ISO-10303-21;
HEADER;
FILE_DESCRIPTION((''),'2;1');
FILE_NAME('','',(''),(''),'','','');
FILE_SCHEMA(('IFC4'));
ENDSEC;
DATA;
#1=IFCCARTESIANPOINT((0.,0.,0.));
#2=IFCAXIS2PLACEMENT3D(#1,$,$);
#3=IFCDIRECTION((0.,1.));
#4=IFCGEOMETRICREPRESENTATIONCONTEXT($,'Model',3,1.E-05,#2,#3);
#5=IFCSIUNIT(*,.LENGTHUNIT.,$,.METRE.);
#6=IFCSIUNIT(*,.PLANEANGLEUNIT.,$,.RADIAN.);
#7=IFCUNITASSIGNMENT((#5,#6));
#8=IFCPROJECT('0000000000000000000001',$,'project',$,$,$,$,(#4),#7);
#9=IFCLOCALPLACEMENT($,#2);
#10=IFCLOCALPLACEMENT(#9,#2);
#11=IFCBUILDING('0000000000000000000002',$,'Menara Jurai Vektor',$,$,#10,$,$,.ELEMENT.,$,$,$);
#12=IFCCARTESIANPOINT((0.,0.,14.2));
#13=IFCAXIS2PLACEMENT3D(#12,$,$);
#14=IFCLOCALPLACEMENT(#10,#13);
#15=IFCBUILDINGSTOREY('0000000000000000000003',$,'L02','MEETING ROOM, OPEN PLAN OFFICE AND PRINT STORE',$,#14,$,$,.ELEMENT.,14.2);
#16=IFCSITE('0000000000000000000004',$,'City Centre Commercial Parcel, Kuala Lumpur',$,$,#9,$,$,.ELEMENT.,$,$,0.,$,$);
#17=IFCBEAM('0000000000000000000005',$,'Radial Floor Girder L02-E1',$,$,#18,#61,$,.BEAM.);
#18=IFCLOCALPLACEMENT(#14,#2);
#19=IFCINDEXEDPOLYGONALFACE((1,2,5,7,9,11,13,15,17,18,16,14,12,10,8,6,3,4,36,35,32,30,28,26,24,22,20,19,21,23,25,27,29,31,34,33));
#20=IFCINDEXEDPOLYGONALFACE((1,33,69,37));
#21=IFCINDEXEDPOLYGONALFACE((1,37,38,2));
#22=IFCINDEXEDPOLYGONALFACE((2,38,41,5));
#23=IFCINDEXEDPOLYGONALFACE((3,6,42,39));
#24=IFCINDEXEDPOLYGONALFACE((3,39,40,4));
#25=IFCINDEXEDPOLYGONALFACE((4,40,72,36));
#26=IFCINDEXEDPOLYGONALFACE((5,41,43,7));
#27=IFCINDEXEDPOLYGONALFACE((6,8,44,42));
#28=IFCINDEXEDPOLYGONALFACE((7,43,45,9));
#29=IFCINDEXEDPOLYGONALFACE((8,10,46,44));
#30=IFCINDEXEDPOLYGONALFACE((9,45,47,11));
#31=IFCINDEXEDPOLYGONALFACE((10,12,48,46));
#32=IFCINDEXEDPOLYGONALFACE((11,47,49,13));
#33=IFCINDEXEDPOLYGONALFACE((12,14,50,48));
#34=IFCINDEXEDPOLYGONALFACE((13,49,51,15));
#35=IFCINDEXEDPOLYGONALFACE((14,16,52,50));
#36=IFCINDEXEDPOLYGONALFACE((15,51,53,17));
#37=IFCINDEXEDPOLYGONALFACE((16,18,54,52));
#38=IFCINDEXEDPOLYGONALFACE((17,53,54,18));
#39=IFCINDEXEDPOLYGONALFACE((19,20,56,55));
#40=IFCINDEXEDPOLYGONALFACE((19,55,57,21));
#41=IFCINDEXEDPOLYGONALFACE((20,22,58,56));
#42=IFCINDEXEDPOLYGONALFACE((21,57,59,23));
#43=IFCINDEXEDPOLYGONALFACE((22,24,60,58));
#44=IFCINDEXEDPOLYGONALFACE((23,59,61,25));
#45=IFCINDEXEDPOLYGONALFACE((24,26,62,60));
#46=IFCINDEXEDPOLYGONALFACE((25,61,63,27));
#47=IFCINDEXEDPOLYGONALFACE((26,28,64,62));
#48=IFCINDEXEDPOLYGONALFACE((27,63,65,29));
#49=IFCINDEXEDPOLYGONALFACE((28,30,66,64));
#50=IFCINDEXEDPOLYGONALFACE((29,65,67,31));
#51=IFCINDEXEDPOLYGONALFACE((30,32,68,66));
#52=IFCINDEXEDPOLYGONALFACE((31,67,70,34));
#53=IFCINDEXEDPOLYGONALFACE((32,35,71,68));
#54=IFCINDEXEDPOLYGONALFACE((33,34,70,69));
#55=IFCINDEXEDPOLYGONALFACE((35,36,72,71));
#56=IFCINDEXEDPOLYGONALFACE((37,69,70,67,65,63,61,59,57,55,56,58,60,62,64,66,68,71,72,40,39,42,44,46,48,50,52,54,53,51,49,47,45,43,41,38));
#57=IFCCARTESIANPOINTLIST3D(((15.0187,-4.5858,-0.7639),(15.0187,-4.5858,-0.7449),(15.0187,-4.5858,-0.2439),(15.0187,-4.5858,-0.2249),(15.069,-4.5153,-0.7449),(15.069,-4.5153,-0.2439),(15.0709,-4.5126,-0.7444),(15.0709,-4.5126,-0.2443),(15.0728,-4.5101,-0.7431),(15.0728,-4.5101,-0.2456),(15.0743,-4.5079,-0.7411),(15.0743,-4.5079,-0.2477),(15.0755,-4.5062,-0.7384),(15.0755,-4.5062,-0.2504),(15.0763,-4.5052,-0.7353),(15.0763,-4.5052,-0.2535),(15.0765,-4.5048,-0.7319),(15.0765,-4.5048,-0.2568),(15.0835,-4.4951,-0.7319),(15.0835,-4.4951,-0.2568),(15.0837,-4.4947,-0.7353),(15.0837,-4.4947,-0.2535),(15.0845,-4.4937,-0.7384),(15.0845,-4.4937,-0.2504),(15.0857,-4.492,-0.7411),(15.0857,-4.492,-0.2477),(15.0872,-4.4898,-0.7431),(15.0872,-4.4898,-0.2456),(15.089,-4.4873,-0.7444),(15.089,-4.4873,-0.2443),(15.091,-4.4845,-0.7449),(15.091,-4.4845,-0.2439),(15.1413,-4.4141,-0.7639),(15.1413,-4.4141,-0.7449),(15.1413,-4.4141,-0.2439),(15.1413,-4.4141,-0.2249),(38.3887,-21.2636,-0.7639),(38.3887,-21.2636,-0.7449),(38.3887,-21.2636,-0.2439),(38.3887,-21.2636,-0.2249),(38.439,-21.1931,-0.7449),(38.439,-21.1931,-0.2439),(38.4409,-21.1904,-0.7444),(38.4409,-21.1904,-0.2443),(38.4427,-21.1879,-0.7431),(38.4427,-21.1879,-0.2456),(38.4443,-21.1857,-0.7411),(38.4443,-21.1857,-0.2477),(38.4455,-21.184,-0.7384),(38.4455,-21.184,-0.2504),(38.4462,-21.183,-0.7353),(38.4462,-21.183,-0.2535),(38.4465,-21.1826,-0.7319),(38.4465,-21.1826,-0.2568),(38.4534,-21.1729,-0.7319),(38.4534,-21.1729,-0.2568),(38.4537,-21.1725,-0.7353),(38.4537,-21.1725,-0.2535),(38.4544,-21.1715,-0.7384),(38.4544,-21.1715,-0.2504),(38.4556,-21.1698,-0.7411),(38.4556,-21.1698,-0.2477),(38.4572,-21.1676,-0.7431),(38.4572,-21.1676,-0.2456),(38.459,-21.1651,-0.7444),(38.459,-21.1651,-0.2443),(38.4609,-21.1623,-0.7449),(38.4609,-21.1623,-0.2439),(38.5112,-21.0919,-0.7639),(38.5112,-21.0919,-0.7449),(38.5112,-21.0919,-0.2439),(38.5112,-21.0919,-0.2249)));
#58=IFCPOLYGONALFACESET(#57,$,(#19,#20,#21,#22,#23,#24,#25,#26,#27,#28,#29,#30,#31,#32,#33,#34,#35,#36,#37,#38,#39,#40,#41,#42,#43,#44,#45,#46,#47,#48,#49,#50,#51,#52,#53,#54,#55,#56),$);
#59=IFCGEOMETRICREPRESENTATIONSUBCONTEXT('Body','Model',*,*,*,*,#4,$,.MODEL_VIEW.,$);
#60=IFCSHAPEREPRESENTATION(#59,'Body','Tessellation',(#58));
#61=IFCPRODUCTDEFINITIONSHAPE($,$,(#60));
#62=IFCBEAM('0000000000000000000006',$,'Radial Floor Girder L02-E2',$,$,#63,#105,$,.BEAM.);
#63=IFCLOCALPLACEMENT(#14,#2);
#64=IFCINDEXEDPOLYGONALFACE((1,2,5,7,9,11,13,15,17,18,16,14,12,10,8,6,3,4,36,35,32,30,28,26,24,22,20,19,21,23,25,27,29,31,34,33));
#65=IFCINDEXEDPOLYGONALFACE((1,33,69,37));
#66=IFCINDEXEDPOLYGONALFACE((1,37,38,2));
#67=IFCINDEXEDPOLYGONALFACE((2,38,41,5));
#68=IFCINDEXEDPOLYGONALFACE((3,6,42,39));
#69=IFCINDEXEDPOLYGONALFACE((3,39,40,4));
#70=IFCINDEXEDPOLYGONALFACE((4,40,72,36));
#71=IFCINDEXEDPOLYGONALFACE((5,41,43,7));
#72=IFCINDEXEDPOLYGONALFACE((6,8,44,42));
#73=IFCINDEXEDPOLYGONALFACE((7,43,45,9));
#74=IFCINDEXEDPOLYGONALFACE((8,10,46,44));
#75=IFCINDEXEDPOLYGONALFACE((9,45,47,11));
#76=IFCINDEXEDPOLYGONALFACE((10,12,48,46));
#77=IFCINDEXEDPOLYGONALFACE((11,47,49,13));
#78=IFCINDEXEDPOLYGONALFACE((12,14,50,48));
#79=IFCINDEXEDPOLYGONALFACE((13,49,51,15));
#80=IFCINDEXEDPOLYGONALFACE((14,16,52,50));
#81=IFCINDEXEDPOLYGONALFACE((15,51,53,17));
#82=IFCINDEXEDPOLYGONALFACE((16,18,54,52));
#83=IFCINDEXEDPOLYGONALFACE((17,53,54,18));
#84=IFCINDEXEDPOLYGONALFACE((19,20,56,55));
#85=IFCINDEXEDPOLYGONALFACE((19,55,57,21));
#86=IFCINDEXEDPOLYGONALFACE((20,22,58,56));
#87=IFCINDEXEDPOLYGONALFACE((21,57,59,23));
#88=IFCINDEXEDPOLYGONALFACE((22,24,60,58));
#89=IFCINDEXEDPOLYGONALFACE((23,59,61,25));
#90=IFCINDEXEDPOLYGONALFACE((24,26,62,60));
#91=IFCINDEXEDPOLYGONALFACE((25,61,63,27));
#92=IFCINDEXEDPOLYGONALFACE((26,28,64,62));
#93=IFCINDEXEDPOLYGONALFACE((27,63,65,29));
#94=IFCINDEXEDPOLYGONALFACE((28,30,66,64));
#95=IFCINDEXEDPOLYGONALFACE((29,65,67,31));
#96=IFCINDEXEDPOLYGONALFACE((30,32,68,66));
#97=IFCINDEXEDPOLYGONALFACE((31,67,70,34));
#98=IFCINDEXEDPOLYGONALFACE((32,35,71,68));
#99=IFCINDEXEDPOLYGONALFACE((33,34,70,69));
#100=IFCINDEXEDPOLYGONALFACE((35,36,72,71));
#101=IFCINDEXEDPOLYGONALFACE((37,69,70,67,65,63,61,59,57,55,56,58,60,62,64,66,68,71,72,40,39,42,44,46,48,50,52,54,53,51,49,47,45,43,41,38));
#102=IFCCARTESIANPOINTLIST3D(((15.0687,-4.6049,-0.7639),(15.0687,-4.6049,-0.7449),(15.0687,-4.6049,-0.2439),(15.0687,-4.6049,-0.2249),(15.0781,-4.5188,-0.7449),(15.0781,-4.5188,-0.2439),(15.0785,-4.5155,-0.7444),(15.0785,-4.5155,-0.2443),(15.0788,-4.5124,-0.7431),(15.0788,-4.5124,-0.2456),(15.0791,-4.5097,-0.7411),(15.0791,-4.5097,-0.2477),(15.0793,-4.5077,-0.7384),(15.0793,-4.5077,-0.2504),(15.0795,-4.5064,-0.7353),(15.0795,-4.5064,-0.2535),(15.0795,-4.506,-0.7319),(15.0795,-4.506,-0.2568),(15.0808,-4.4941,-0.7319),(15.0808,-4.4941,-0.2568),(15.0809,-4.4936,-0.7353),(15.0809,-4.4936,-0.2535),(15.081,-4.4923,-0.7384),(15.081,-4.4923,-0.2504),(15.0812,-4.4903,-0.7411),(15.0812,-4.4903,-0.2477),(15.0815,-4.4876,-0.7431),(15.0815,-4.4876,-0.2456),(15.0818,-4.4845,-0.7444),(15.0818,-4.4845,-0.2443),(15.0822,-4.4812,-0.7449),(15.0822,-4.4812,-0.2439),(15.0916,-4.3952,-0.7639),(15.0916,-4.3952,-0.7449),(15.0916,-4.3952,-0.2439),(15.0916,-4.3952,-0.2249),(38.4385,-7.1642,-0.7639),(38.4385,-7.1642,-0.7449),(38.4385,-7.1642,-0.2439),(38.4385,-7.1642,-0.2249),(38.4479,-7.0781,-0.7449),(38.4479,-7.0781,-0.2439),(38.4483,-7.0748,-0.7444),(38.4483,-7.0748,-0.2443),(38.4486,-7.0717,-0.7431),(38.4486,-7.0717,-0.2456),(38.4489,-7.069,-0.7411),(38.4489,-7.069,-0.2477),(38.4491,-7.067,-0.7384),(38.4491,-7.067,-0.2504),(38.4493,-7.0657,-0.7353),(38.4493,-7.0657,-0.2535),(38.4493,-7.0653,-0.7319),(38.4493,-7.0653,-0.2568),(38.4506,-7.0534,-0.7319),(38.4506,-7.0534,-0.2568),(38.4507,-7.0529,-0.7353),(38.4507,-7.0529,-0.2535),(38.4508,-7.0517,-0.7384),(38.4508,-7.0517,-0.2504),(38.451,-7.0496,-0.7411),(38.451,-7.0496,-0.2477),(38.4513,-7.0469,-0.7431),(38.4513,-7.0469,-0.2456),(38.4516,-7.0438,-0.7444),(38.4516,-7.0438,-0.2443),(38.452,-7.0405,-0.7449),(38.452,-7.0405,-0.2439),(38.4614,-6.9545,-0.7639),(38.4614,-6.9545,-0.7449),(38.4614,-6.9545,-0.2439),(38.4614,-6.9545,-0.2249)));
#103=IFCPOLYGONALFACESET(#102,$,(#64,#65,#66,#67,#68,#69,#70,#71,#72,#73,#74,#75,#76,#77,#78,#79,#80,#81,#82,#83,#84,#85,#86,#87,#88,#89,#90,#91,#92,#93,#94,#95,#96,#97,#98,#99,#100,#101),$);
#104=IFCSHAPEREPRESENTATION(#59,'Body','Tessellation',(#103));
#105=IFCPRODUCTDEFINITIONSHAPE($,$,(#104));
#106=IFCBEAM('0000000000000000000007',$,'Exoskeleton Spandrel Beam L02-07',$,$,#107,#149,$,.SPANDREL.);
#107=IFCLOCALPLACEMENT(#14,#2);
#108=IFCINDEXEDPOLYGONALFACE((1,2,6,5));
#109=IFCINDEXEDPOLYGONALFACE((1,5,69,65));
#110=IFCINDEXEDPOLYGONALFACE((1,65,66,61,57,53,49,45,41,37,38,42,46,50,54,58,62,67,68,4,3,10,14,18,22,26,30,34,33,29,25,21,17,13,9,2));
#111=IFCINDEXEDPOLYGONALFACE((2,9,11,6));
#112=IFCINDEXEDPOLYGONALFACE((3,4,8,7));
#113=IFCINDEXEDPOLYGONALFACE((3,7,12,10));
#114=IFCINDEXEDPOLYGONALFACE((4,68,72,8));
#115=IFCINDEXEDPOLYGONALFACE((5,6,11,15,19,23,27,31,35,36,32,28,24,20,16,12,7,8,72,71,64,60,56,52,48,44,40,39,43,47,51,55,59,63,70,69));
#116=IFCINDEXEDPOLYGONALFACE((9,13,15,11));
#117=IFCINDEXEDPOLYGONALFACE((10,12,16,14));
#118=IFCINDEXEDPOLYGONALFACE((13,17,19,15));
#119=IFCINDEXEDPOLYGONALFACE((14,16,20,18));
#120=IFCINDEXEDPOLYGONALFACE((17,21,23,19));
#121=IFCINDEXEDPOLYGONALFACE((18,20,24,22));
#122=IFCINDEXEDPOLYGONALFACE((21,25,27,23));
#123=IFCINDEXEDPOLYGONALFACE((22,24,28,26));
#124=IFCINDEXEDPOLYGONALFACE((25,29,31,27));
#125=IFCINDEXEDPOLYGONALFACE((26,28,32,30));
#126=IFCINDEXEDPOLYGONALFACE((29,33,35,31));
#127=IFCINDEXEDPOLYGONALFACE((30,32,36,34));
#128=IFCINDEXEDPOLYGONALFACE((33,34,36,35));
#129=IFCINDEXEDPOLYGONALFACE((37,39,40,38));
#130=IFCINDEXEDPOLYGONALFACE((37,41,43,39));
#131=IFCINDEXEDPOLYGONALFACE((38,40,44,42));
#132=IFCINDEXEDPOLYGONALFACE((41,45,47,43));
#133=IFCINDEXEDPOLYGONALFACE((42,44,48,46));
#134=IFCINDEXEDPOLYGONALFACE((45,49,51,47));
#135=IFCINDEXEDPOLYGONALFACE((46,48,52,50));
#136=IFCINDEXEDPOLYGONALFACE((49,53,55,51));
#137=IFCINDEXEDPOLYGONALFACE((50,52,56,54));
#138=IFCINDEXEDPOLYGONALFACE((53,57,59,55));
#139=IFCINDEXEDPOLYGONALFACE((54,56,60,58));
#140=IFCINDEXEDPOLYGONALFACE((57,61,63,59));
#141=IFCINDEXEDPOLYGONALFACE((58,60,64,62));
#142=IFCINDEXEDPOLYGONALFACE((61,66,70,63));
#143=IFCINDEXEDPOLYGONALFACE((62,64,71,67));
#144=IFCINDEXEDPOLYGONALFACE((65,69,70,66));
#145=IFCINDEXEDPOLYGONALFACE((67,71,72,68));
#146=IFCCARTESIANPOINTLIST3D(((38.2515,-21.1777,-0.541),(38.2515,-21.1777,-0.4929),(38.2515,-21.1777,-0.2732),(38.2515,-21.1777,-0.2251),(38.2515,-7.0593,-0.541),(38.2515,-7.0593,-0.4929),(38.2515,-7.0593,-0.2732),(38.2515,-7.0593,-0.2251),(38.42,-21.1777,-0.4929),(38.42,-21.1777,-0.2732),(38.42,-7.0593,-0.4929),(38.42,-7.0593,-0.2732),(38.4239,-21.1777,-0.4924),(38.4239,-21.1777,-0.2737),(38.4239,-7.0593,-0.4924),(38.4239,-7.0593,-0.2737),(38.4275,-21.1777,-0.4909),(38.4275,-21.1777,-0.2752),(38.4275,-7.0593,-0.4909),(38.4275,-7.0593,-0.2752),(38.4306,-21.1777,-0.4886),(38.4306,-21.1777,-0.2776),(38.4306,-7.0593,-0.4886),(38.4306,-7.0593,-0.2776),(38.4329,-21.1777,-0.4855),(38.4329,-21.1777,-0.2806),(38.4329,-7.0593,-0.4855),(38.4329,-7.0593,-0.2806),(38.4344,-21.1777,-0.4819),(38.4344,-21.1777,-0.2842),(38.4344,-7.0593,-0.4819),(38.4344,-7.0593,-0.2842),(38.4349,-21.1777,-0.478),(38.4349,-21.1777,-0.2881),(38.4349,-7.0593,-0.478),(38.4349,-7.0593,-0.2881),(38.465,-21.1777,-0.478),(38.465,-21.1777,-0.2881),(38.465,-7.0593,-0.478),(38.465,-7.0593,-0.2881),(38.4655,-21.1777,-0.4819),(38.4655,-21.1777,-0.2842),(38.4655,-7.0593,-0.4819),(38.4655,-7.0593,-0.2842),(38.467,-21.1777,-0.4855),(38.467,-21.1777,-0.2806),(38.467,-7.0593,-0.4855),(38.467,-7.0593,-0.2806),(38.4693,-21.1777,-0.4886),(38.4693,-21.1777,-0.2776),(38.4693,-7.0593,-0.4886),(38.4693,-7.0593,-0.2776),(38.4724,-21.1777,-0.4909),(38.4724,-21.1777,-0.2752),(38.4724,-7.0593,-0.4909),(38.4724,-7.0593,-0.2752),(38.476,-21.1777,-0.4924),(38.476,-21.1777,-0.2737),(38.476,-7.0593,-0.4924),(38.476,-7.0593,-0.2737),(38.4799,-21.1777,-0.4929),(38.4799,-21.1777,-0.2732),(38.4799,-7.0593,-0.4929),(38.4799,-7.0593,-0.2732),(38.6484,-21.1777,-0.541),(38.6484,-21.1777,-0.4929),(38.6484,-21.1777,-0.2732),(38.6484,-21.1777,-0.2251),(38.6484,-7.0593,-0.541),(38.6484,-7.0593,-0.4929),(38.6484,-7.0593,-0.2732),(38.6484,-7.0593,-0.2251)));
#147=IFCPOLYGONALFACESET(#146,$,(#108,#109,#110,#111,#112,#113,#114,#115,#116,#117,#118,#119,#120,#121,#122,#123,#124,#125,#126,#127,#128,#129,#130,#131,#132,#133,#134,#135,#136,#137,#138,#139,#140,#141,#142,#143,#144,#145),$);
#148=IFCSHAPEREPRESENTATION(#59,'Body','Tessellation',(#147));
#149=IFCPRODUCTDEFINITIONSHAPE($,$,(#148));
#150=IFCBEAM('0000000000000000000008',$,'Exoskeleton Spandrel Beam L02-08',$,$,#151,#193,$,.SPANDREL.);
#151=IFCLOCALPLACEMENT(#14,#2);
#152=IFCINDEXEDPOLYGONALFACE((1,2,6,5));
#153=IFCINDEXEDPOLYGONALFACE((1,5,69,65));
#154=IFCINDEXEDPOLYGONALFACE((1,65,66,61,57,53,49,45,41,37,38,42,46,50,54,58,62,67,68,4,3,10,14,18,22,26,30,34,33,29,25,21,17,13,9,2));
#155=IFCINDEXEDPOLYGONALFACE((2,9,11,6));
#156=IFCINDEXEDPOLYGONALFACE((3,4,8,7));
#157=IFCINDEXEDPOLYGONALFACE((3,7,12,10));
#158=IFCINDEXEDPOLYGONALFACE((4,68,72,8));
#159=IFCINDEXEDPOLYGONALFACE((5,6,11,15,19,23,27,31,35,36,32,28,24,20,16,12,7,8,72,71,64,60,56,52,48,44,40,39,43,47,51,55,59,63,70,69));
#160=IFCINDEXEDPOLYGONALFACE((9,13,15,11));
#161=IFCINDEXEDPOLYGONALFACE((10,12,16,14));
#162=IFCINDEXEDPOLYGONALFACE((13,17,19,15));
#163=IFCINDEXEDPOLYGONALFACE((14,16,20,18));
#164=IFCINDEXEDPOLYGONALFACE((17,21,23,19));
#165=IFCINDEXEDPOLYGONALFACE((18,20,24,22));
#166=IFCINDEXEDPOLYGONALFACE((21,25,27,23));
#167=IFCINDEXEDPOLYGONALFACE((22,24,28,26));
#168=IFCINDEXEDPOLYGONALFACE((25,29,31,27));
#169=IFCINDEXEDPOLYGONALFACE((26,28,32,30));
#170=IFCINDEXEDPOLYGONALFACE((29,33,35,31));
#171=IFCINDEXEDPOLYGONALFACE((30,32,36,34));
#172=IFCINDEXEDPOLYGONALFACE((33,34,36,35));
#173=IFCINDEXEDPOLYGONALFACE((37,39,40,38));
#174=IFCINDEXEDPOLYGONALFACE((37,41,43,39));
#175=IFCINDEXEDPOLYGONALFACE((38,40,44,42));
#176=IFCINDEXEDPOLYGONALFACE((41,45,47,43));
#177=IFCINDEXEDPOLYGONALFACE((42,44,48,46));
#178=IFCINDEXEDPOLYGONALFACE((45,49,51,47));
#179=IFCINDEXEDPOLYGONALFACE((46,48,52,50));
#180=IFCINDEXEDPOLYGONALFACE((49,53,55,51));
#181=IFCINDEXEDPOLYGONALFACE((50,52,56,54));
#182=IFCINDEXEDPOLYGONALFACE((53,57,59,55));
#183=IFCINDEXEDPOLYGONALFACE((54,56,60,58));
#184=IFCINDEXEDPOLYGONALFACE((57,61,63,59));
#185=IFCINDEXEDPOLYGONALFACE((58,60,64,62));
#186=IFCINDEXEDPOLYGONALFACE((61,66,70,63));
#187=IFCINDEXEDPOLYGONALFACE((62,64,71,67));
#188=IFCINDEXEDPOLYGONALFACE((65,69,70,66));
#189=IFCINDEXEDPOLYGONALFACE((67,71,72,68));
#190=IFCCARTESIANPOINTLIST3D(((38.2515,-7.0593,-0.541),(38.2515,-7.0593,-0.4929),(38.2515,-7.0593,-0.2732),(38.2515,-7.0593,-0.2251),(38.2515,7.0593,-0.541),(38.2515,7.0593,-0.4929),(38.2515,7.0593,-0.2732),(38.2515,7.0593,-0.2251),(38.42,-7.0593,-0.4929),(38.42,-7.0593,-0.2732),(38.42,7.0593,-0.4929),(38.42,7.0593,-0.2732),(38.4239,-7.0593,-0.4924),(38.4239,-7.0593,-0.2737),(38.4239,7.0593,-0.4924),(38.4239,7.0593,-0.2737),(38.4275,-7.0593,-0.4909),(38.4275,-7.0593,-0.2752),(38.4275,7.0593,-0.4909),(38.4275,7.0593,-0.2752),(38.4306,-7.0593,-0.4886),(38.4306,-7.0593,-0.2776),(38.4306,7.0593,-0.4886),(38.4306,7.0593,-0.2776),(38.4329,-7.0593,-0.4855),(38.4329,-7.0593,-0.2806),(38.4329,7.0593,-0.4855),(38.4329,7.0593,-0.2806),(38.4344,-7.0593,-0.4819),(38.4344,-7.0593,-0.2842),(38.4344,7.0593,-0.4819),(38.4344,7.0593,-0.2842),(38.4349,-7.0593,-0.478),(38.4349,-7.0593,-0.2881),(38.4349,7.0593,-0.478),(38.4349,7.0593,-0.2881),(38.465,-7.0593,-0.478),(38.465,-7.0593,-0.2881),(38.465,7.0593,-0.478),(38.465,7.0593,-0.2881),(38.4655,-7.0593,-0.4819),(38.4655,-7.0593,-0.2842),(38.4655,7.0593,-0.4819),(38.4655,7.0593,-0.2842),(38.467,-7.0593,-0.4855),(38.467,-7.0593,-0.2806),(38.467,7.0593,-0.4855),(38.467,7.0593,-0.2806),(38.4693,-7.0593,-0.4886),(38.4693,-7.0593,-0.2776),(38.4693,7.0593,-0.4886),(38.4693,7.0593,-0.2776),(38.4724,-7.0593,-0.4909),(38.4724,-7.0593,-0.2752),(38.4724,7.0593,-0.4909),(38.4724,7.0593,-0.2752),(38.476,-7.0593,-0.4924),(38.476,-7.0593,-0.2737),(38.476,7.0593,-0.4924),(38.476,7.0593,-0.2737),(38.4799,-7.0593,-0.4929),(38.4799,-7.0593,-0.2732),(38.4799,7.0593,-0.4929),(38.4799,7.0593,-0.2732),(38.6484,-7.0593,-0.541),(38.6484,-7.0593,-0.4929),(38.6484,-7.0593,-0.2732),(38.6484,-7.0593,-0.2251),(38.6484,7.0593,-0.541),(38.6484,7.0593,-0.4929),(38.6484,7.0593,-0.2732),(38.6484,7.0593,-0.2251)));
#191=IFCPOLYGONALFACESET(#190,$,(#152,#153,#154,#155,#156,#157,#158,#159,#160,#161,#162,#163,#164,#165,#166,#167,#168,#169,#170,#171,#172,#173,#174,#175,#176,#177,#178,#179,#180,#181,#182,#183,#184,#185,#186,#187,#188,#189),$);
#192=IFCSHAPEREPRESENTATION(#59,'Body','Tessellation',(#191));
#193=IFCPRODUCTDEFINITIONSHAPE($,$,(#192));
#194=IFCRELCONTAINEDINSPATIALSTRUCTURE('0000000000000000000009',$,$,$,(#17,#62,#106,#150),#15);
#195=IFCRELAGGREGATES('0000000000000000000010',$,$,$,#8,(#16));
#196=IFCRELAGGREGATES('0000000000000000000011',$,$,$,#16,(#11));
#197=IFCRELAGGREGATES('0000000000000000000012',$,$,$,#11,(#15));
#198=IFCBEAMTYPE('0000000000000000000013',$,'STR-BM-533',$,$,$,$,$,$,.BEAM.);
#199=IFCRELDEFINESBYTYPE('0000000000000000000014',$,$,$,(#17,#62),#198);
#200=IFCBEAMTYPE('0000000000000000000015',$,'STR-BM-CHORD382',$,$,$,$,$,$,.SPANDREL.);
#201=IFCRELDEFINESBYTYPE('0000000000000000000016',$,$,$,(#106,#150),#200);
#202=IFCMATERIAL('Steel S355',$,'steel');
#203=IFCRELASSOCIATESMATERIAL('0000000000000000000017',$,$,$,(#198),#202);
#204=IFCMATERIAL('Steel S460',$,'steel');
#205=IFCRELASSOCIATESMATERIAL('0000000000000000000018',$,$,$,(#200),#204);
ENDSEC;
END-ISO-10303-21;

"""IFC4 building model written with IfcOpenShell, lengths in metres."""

from ifc_helpers import new_model, si_unit, direction, frame, origin, origin_2d, place, context, subcontext, project, spatial, i_section, extrude, material, material_profile, profile_set, type_object, element, save


model = new_model("IFC4")

# Units and contexts
model_context = context("Model", 3, precision=1e-05, world=origin(), true_north=direction((0.0, 1.0)))
body_context = subcontext(model_context, "Body", "Model", "MODEL_VIEW")
ifc_project = project(units=[si_unit("LENGTHUNIT", "METRE"), si_unit("PLANEANGLEUNIT", "RADIAN")], contexts=[model_context])

# Site, building, storey
site_placement = place(None, origin())
site = spatial("IfcSite", under=ifc_project, at=site_placement, Name="City Centre Commercial Parcel, Kuala Lumpur", CompositionType="ELEMENT", RefElevation=0.0)
building_placement = place(site_placement, origin())
building = spatial("IfcBuilding", under=site, at=building_placement, Name="Menara Jurai Vektor", CompositionType="ELEMENT")
storey_placement = place(building_placement, frame((0.0, 0.0, 14.2)))
storey = spatial("IfcBuildingStorey", under=building, at=storey_placement, Name="L02", Description="MEETING ROOM, OPEN PLAN OFFICE AND PRINT STORE", CompositionType="ELEMENT", Elevation=14.2)

# Shared definitions
ifc_material_1 = material(Name="Steel S460", Category="steel")

# Beams
ifc_material_2 = material(Name="Steel S355", Category="steel")
ifc_material_profile_1 = material_profile(ifc_material_2, i_section(OverallWidth=0.2109, OverallDepth=0.5391, WebThickness=0.012, FlangeThickness=0.019, FilletRadius=0.0129, at=origin_2d()), Name="UKB 533x210x109")
ifc_profile_set_1 = profile_set([ifc_material_profile_1], Name="Steel S355")
beam_type_1 = type_object("IfcBeamType", Name="STR-BM-533", PredefinedType="BEAM", material=ifc_profile_set_1)
beam_1_placement = place(storey_placement, frame((38.45, -21.1777, -0.4944), z_axis=(-0.813981, 0.580891, 0.0), x_axis=(-0.580891, -0.813981, 0.0)))
element("IfcBeam", 1, at=beam_1_placement, inside=storey, type_object=beam_type_1, Name="Radial Floor Girder L02-E1", PredefinedType="BEAM", context=body_context, shape_type="SweptSolid", body=[
    extrude(i_section(OverallWidth=0.2109, OverallDepth=0.5391, WebThickness=0.012, FlangeThickness=0.019, FilletRadius=0.0129, at=origin_2d()), origin(), (0.0, 0.0, 1.0), 28.7107),
])
beam_2_placement = place(storey_placement, frame((38.45, -7.0593, -0.4944), z_axis=(-0.994057, 0.108863, 0.0), x_axis=(-0.108863, -0.994057, 0.0)))
element("IfcBeam", 2, at=beam_2_placement, inside=storey, type_object=beam_type_1, Name="Radial Floor Girder L02-E2", PredefinedType="BEAM", context=body_context, shape_type="SweptSolid", body=[
    extrude(i_section(OverallWidth=0.2109, OverallDepth=0.5391, WebThickness=0.012, FlangeThickness=0.019, FilletRadius=0.0129, at=origin_2d()), origin(), (0.0, 0.0, 1.0), 23.5095),
])
ifc_material_profile_2 = material_profile(ifc_material_1, i_section(OverallWidth=0.397, OverallDepth=0.3159, WebThickness=0.03, FlangeThickness=0.0481, FilletRadius=0.0149, at=origin_2d()), Name="HD 400x382")
ifc_profile_set_2 = profile_set([ifc_material_profile_2], Name="Steel S460")
beam_type_2 = type_object("IfcBeamType", Name="STR-BM-CHORD382", PredefinedType="SPANDREL", material=ifc_profile_set_2)
beam_3_placement = place(storey_placement, frame((38.45, -21.1777, -0.3831), z_axis=(0.0, 1.0, 0.0), x_axis=(-1.0, 0.0, 0.0)))
element("IfcBeam", 3, at=beam_3_placement, inside=storey, type_object=beam_type_2, Name="Exoskeleton Spandrel Beam L02-07", PredefinedType="SPANDREL", context=body_context, shape_type="SweptSolid", body=[
    extrude(i_section(OverallWidth=0.397, OverallDepth=0.3159, WebThickness=0.03, FlangeThickness=0.0481, FilletRadius=0.0149, at=origin_2d()), origin(), (0.0, 0.0, 1.0), 14.1184),
])
beam_4_placement = place(storey_placement, frame((38.45, -7.0593, -0.3831), z_axis=(0.0, 1.0, 0.0), x_axis=(-1.0, 0.0, 0.0)))
element("IfcBeam", 4, at=beam_4_placement, inside=storey, type_object=beam_type_2, Name="Exoskeleton Spandrel Beam L02-08", PredefinedType="SPANDREL", context=body_context, shape_type="SweptSolid", body=[
    extrude(i_section(OverallWidth=0.397, OverallDepth=0.3159, WebThickness=0.03, FlangeThickness=0.0481, FilletRadius=0.0149, at=origin_2d()), origin(), (0.0, 0.0, 1.0), 14.1187),
])

save(model, "model.ifc")
